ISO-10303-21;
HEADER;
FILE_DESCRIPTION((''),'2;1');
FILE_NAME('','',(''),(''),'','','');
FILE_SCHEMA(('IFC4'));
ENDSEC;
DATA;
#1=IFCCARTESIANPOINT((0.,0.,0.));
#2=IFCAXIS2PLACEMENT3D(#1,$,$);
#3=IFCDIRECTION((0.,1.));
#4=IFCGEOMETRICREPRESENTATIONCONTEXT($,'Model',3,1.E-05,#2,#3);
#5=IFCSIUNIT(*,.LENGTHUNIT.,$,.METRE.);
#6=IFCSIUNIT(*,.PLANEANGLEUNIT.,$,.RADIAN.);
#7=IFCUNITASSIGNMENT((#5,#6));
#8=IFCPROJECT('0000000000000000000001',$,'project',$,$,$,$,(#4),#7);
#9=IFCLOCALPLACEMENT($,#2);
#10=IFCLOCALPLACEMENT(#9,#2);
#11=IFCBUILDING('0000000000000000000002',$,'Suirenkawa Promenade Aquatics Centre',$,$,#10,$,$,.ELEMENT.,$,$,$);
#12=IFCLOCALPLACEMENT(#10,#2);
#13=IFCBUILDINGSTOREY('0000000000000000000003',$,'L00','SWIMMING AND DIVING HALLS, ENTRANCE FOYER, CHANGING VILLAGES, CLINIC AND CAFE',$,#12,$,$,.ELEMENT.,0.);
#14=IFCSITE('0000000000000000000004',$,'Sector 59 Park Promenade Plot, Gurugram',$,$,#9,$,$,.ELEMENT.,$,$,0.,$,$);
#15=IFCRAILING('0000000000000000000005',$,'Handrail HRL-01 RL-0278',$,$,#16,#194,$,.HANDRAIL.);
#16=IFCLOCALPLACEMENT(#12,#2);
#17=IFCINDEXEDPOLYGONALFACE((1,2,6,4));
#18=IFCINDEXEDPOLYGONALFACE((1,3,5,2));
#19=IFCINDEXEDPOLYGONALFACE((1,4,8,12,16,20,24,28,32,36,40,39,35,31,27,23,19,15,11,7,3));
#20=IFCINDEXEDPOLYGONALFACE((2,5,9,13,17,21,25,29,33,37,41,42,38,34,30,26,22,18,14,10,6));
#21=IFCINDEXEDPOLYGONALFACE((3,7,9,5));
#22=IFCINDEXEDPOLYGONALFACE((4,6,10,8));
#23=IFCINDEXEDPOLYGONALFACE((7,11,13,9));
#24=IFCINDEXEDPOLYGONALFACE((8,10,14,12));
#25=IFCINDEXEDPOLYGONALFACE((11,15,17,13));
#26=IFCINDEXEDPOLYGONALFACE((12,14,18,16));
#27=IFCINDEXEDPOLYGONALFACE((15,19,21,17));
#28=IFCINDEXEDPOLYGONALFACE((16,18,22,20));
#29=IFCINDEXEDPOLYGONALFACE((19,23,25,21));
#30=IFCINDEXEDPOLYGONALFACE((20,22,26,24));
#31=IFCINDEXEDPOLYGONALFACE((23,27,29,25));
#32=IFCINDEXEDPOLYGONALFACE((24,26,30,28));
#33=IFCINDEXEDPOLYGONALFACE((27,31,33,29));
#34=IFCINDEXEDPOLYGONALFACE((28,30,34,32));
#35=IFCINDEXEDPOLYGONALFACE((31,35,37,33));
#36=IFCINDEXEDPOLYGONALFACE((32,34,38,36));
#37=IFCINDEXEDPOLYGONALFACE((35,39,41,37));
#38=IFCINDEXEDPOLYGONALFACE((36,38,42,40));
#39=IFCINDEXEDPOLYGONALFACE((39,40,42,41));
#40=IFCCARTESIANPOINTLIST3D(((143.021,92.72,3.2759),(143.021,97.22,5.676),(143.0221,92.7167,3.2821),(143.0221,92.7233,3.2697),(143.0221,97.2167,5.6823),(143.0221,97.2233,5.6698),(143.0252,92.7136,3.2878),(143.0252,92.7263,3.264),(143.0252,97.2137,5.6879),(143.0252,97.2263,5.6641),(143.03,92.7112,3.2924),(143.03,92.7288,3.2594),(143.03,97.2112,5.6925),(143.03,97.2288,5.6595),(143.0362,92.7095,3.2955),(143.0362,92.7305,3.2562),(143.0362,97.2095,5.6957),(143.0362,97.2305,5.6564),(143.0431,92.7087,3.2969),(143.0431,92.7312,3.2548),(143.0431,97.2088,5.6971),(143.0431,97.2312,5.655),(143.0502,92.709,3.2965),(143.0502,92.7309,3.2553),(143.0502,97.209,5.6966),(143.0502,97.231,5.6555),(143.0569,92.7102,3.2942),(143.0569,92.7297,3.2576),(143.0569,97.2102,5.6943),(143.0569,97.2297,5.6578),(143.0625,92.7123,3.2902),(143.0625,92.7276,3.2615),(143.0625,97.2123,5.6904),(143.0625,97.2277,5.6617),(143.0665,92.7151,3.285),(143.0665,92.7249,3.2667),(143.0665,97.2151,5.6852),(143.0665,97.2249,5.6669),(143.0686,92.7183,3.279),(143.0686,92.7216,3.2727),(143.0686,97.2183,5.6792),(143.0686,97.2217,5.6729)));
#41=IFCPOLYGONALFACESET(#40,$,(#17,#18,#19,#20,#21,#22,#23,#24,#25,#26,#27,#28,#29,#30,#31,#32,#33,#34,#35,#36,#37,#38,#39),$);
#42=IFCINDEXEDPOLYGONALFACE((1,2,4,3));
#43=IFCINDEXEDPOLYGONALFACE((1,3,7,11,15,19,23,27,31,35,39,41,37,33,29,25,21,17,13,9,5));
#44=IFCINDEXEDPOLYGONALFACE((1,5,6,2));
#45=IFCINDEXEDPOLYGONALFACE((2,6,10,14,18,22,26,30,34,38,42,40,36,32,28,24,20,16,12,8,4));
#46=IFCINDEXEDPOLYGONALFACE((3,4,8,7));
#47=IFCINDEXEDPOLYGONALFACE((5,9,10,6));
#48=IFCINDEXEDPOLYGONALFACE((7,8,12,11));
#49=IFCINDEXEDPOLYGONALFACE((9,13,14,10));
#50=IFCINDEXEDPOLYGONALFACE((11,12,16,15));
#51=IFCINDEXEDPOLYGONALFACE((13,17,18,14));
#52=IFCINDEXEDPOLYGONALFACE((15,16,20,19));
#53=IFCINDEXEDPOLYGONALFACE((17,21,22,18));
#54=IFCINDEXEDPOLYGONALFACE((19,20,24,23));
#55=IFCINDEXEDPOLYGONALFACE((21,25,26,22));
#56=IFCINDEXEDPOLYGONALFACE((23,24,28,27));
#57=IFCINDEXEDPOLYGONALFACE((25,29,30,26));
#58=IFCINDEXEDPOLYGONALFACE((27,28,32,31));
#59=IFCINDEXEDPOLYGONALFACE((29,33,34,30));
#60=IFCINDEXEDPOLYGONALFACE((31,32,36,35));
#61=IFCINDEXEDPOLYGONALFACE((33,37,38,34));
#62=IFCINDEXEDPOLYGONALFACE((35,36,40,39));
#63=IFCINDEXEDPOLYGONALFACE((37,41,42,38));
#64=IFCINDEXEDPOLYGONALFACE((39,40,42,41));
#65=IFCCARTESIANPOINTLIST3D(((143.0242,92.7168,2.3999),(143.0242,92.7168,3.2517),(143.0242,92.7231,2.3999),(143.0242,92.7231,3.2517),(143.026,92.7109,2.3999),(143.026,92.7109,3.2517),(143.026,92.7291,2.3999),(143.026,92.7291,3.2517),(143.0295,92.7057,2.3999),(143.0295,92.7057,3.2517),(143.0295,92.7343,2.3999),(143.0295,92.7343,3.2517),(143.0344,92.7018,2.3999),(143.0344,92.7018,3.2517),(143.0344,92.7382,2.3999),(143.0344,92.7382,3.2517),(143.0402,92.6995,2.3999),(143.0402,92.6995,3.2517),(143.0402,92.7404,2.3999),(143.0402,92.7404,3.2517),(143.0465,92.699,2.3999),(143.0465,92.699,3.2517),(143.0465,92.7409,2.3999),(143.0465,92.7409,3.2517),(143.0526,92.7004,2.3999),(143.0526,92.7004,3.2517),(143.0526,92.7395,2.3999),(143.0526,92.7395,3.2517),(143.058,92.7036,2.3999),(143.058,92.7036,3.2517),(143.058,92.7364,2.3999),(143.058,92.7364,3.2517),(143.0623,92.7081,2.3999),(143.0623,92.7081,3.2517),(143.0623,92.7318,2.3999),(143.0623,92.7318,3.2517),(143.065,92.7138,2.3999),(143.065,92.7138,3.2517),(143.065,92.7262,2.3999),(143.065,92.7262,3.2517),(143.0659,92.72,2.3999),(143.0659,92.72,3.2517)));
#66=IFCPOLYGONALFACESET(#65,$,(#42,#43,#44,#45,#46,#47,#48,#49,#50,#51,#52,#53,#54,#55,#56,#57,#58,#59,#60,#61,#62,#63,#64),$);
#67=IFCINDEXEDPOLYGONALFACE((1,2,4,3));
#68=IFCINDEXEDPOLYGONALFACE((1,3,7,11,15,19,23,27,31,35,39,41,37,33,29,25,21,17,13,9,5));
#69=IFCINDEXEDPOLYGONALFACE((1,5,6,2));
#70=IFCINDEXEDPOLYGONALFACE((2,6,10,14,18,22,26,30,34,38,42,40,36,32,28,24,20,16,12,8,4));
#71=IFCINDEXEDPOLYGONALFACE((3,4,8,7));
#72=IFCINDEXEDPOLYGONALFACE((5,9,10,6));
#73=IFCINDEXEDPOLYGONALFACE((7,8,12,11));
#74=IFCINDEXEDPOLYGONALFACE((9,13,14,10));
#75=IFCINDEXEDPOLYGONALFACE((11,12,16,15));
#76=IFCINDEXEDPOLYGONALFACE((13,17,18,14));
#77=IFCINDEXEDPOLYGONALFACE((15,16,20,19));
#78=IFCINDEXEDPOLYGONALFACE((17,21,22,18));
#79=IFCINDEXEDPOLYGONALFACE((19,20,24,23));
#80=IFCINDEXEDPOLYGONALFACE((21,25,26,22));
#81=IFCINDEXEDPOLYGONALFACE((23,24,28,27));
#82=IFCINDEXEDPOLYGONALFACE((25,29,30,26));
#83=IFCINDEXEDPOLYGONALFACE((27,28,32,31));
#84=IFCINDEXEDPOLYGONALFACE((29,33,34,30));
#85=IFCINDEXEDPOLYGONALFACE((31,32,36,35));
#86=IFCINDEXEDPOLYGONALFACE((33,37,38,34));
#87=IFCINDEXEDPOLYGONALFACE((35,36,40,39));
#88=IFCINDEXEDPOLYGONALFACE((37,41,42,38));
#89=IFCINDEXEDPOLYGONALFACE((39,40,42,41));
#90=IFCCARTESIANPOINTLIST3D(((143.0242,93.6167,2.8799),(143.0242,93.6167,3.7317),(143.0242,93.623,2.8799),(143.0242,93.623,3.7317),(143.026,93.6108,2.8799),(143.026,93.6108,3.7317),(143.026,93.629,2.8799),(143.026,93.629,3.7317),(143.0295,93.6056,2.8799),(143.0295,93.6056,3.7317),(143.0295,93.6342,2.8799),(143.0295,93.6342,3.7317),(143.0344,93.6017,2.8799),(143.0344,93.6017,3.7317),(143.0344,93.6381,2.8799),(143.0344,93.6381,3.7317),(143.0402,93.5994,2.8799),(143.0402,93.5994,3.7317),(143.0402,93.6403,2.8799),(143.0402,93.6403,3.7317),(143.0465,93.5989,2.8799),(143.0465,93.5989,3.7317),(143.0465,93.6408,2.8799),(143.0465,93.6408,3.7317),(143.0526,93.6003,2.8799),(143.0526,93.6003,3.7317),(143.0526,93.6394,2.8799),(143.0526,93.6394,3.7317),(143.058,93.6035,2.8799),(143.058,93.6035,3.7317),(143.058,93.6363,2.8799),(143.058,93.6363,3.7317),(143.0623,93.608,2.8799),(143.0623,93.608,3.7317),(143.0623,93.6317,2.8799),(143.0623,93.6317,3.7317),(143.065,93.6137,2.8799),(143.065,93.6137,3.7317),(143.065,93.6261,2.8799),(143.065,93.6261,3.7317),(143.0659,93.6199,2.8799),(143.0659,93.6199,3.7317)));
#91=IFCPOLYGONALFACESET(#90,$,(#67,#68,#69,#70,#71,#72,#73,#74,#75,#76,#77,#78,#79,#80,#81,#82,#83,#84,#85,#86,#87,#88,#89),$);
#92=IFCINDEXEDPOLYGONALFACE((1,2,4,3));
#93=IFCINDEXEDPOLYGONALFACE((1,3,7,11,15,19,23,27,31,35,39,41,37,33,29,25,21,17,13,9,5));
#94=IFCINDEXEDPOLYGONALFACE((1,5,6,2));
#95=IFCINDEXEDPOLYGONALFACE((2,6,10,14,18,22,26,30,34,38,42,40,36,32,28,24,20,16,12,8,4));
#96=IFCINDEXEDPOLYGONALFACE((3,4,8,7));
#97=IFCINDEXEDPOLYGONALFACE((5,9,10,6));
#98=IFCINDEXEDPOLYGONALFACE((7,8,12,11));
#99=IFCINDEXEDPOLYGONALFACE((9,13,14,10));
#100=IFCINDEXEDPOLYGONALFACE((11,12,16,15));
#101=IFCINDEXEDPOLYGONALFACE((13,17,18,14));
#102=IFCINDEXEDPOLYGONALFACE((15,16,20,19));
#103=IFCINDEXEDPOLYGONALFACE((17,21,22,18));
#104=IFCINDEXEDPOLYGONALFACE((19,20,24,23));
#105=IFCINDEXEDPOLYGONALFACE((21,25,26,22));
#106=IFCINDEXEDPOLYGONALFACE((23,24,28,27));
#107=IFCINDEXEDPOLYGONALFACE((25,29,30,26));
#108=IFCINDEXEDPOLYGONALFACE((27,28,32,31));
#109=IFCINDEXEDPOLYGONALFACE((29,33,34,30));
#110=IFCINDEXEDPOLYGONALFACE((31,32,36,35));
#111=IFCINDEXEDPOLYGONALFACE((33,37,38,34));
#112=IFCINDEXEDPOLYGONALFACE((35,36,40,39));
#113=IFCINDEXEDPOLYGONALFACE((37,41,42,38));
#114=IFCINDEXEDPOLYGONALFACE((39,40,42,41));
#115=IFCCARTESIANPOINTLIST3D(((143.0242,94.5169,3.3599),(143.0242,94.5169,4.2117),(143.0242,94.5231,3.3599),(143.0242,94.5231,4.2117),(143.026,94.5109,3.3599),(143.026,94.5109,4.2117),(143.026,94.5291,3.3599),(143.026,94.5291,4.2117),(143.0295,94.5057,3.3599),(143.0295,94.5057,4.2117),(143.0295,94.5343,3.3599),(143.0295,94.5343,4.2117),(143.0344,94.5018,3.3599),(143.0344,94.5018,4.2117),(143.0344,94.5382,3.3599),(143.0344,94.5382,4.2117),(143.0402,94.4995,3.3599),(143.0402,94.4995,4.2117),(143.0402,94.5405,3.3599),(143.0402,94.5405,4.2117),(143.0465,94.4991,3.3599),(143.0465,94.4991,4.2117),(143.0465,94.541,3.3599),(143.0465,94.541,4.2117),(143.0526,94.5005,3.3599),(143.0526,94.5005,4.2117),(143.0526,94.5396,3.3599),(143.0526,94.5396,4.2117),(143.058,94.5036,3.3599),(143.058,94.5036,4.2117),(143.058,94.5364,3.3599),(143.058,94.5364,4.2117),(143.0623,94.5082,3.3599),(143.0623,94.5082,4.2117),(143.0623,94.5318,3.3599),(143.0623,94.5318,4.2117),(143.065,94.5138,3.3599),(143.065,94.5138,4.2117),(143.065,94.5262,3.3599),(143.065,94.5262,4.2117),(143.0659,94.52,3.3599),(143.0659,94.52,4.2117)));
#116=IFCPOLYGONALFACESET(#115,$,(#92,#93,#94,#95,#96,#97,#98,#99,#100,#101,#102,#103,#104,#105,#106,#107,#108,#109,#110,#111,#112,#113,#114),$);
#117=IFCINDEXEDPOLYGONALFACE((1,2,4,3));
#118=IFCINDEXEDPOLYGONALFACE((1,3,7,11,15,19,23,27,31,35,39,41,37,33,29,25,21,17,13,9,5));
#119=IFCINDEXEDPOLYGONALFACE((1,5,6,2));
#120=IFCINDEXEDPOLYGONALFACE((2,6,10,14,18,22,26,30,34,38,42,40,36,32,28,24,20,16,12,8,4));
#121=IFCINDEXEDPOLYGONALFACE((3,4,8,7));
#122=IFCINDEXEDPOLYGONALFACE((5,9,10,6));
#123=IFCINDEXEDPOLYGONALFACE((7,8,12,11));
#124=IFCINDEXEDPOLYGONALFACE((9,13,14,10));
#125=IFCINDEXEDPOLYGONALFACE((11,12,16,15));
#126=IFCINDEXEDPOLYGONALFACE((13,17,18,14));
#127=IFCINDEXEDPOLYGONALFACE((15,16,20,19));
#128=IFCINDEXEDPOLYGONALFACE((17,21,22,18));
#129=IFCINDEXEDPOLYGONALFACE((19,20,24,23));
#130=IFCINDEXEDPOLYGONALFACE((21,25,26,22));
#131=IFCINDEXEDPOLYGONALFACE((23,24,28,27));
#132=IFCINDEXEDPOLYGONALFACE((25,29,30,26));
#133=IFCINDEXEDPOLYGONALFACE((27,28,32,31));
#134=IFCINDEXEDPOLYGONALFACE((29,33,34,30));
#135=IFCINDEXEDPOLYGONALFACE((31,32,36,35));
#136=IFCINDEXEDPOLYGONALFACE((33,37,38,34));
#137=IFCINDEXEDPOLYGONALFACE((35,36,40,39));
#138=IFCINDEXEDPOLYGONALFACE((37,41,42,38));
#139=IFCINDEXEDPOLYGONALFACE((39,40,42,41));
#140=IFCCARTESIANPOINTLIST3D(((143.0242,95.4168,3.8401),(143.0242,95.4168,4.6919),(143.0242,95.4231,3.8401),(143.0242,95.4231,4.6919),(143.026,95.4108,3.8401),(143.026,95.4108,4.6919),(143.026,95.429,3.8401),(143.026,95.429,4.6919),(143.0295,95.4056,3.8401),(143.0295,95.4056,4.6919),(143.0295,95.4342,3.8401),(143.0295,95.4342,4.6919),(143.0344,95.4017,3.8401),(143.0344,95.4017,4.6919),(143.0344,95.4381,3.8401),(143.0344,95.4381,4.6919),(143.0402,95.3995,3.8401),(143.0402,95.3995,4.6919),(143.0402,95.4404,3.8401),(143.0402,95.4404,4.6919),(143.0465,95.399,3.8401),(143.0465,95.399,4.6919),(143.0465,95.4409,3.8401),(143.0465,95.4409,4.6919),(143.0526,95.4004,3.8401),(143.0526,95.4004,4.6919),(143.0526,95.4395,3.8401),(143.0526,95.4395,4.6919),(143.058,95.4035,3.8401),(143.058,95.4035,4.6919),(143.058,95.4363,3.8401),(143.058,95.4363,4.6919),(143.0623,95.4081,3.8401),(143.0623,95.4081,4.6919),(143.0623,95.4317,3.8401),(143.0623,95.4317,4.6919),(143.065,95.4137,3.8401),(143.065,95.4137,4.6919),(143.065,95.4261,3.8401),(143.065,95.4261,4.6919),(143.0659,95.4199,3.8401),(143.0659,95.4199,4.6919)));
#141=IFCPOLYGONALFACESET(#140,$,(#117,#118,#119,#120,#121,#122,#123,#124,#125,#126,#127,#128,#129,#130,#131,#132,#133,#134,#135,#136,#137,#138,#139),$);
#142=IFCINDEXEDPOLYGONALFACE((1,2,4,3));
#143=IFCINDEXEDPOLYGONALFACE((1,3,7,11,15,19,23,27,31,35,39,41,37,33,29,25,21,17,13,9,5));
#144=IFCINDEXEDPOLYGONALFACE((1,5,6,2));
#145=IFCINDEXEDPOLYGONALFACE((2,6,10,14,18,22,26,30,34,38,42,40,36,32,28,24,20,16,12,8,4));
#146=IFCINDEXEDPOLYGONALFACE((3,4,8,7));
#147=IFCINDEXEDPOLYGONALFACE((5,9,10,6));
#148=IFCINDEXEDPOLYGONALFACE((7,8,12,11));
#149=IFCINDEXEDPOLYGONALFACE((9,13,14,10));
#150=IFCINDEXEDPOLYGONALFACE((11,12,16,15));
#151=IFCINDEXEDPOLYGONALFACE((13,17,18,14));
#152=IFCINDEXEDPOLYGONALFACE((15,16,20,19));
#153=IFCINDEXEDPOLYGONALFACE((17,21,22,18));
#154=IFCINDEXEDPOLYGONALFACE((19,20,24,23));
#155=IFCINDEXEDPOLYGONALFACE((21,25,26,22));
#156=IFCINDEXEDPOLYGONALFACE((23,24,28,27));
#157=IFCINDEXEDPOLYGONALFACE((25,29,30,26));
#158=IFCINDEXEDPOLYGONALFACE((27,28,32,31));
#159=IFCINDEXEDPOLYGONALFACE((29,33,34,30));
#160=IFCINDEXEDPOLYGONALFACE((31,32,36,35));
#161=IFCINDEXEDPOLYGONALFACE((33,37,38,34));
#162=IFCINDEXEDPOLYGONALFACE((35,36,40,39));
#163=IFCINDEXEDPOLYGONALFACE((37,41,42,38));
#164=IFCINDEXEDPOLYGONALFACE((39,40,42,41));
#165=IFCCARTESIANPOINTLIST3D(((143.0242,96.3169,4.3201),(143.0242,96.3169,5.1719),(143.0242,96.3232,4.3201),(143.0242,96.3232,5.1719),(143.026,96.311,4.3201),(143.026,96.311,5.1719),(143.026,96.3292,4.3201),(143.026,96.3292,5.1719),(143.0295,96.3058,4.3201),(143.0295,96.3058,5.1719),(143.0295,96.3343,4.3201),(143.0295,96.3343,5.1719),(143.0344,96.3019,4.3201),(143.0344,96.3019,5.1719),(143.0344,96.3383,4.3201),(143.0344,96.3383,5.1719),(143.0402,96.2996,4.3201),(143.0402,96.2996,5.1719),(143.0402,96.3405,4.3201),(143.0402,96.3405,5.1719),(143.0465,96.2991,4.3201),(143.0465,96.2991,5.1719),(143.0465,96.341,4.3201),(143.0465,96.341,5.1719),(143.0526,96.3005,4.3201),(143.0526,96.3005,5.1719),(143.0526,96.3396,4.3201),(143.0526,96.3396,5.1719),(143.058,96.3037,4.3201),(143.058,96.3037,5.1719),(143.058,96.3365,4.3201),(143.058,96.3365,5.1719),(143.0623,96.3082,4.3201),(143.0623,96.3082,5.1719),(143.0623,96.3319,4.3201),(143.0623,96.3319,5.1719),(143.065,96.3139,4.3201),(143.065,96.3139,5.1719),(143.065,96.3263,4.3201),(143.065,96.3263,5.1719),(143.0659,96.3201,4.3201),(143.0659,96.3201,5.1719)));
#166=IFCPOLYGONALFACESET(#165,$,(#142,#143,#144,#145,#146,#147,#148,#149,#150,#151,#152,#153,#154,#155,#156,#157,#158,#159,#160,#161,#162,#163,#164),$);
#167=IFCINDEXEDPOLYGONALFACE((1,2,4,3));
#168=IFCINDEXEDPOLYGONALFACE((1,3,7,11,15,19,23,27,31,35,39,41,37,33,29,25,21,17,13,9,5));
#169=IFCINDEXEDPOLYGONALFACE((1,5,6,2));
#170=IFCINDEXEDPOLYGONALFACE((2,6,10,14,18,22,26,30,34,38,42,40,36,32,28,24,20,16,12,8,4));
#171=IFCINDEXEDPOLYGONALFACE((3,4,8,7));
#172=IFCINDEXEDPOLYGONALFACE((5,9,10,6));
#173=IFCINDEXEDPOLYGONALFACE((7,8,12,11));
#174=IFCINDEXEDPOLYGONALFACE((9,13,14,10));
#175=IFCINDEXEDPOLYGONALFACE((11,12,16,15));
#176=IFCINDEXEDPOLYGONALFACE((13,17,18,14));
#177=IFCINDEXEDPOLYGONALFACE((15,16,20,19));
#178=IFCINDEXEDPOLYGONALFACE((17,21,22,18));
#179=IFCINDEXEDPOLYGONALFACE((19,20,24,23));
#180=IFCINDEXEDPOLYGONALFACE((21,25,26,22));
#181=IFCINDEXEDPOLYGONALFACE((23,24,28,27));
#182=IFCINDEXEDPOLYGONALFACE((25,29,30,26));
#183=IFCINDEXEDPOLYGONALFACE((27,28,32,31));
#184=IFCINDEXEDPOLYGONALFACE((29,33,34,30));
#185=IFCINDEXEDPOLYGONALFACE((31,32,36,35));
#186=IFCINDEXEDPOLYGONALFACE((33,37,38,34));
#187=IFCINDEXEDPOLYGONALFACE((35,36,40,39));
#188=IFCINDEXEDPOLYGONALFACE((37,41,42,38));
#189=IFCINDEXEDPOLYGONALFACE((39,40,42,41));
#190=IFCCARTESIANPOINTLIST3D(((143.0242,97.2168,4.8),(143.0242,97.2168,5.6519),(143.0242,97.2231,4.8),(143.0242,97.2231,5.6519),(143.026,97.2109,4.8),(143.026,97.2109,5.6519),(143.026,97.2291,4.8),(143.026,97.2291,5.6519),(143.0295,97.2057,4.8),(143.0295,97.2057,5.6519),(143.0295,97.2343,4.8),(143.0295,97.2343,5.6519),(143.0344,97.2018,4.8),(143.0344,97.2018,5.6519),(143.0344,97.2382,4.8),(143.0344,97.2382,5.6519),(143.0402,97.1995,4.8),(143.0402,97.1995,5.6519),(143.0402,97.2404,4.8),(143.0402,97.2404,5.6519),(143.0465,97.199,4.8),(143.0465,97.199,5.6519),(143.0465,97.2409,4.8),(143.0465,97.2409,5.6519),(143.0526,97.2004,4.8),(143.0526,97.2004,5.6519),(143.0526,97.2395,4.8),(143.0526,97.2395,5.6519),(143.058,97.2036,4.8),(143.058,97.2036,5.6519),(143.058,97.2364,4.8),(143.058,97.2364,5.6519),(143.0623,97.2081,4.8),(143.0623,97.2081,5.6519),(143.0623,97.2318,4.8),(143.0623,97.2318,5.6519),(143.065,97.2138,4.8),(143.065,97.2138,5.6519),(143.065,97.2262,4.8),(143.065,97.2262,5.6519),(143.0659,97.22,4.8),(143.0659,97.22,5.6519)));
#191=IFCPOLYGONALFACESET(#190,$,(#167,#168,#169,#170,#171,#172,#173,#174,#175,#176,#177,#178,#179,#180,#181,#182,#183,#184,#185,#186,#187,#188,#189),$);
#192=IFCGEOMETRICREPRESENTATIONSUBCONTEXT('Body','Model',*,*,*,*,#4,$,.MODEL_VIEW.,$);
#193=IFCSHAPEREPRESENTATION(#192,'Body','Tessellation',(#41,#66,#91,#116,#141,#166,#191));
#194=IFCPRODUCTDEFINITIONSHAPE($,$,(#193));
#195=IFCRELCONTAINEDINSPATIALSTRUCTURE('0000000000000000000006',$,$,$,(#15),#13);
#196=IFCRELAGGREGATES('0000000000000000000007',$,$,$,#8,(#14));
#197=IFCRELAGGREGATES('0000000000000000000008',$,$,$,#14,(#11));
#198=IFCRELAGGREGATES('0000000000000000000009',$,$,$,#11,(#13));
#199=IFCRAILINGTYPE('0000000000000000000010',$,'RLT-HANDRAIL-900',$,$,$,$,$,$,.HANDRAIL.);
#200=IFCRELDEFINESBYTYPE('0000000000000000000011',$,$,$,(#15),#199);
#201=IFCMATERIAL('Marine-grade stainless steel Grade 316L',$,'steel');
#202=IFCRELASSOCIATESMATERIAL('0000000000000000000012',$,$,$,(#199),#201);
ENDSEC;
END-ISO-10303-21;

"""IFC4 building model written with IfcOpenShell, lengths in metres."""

from ifc_helpers import new_model, si_unit, direction, frame, origin, origin_2d, place, context, subcontext, project, spatial, circle, extrude, material, type_object, element, save


model = new_model("IFC4")

# Units and contexts
model_context = context("Model", 3, precision=1e-05, world=origin(), true_north=direction((0.0, 1.0)))
body_context = subcontext(model_context, "Body", "Model", "MODEL_VIEW")
ifc_project = project(units=[si_unit("LENGTHUNIT", "METRE"), si_unit("PLANEANGLEUNIT", "RADIAN")], contexts=[model_context])

# Site, building, storey
site_placement = place(None, origin())
site = spatial("IfcSite", under=ifc_project, at=site_placement, Name="Sector 59 Park Promenade Plot, Gurugram", CompositionType="ELEMENT", RefElevation=0.0)
building_placement = place(site_placement, origin())
building = spatial("IfcBuilding", under=site, at=building_placement, Name="Suirenkawa Promenade Aquatics Centre", CompositionType="ELEMENT")
storey_placement = place(building_placement, origin())
storey = spatial("IfcBuildingStorey", under=building, at=storey_placement, Name="L00", Description="SWIMMING AND DIVING HALLS, ENTRANCE FOYER, CHANGING VILLAGES, CLINIC AND CAFE", CompositionType="ELEMENT", Elevation=0.0)

# Railing
ifc_material_1 = material(Name="Marine-grade stainless steel Grade 316L", Category="steel")
railing_type_1 = type_object("IfcRailingType", Name="RLT-HANDRAIL-900", PredefinedType="HANDRAIL", material=ifc_material_1)
for number, where, name in (
    (1, (143.0449, 92.72, 2.3999), "Handrail HRL-01 RL-0278"),
):
    element("IfcRailing", number, at=place(storey_placement, frame(where)), inside=storey, type_object=railing_type_1, Name=name, PredefinedType="HANDRAIL", context=body_context, shape_type="SweptSolid", body=[
        extrude(circle(Radius=0.0239, at=origin_2d()), frame((0.0, 0.0, 0.876), z_axis=(0.0, 0.882341, 0.470611), x_axis=(-1.0, 0.0, 0.0)), (0.0, 0.0, 1.0), 5.1001),
        extrude(circle(Radius=0.021, at=origin_2d()), origin(), (0.0, 0.0, 1.0), 0.8518),
        extrude(circle(Radius=0.021, at=origin_2d()), frame((0.0, 0.8999, 0.48)), (0.0, 0.0, 1.0), 0.8518),
        extrude(circle(Radius=0.021, at=origin_2d()), frame((0.0, 1.8, 0.96)), (0.0, 0.0, 1.0), 0.8518),
        extrude(circle(Radius=0.021, at=origin_2d()), frame((0.0, 2.7, 1.4402)), (0.0, 0.0, 1.0), 0.8518),
        extrude(circle(Radius=0.021, at=origin_2d()), frame((0.0, 3.6001, 1.9202)), (0.0, 0.0, 1.0), 0.8518),
        extrude(circle(Radius=0.021, at=origin_2d()), frame((0.0, 4.5, 2.4001)), (0.0, 0.0, 1.0), 0.8518),
    ])

save(model, "model.ifc")
